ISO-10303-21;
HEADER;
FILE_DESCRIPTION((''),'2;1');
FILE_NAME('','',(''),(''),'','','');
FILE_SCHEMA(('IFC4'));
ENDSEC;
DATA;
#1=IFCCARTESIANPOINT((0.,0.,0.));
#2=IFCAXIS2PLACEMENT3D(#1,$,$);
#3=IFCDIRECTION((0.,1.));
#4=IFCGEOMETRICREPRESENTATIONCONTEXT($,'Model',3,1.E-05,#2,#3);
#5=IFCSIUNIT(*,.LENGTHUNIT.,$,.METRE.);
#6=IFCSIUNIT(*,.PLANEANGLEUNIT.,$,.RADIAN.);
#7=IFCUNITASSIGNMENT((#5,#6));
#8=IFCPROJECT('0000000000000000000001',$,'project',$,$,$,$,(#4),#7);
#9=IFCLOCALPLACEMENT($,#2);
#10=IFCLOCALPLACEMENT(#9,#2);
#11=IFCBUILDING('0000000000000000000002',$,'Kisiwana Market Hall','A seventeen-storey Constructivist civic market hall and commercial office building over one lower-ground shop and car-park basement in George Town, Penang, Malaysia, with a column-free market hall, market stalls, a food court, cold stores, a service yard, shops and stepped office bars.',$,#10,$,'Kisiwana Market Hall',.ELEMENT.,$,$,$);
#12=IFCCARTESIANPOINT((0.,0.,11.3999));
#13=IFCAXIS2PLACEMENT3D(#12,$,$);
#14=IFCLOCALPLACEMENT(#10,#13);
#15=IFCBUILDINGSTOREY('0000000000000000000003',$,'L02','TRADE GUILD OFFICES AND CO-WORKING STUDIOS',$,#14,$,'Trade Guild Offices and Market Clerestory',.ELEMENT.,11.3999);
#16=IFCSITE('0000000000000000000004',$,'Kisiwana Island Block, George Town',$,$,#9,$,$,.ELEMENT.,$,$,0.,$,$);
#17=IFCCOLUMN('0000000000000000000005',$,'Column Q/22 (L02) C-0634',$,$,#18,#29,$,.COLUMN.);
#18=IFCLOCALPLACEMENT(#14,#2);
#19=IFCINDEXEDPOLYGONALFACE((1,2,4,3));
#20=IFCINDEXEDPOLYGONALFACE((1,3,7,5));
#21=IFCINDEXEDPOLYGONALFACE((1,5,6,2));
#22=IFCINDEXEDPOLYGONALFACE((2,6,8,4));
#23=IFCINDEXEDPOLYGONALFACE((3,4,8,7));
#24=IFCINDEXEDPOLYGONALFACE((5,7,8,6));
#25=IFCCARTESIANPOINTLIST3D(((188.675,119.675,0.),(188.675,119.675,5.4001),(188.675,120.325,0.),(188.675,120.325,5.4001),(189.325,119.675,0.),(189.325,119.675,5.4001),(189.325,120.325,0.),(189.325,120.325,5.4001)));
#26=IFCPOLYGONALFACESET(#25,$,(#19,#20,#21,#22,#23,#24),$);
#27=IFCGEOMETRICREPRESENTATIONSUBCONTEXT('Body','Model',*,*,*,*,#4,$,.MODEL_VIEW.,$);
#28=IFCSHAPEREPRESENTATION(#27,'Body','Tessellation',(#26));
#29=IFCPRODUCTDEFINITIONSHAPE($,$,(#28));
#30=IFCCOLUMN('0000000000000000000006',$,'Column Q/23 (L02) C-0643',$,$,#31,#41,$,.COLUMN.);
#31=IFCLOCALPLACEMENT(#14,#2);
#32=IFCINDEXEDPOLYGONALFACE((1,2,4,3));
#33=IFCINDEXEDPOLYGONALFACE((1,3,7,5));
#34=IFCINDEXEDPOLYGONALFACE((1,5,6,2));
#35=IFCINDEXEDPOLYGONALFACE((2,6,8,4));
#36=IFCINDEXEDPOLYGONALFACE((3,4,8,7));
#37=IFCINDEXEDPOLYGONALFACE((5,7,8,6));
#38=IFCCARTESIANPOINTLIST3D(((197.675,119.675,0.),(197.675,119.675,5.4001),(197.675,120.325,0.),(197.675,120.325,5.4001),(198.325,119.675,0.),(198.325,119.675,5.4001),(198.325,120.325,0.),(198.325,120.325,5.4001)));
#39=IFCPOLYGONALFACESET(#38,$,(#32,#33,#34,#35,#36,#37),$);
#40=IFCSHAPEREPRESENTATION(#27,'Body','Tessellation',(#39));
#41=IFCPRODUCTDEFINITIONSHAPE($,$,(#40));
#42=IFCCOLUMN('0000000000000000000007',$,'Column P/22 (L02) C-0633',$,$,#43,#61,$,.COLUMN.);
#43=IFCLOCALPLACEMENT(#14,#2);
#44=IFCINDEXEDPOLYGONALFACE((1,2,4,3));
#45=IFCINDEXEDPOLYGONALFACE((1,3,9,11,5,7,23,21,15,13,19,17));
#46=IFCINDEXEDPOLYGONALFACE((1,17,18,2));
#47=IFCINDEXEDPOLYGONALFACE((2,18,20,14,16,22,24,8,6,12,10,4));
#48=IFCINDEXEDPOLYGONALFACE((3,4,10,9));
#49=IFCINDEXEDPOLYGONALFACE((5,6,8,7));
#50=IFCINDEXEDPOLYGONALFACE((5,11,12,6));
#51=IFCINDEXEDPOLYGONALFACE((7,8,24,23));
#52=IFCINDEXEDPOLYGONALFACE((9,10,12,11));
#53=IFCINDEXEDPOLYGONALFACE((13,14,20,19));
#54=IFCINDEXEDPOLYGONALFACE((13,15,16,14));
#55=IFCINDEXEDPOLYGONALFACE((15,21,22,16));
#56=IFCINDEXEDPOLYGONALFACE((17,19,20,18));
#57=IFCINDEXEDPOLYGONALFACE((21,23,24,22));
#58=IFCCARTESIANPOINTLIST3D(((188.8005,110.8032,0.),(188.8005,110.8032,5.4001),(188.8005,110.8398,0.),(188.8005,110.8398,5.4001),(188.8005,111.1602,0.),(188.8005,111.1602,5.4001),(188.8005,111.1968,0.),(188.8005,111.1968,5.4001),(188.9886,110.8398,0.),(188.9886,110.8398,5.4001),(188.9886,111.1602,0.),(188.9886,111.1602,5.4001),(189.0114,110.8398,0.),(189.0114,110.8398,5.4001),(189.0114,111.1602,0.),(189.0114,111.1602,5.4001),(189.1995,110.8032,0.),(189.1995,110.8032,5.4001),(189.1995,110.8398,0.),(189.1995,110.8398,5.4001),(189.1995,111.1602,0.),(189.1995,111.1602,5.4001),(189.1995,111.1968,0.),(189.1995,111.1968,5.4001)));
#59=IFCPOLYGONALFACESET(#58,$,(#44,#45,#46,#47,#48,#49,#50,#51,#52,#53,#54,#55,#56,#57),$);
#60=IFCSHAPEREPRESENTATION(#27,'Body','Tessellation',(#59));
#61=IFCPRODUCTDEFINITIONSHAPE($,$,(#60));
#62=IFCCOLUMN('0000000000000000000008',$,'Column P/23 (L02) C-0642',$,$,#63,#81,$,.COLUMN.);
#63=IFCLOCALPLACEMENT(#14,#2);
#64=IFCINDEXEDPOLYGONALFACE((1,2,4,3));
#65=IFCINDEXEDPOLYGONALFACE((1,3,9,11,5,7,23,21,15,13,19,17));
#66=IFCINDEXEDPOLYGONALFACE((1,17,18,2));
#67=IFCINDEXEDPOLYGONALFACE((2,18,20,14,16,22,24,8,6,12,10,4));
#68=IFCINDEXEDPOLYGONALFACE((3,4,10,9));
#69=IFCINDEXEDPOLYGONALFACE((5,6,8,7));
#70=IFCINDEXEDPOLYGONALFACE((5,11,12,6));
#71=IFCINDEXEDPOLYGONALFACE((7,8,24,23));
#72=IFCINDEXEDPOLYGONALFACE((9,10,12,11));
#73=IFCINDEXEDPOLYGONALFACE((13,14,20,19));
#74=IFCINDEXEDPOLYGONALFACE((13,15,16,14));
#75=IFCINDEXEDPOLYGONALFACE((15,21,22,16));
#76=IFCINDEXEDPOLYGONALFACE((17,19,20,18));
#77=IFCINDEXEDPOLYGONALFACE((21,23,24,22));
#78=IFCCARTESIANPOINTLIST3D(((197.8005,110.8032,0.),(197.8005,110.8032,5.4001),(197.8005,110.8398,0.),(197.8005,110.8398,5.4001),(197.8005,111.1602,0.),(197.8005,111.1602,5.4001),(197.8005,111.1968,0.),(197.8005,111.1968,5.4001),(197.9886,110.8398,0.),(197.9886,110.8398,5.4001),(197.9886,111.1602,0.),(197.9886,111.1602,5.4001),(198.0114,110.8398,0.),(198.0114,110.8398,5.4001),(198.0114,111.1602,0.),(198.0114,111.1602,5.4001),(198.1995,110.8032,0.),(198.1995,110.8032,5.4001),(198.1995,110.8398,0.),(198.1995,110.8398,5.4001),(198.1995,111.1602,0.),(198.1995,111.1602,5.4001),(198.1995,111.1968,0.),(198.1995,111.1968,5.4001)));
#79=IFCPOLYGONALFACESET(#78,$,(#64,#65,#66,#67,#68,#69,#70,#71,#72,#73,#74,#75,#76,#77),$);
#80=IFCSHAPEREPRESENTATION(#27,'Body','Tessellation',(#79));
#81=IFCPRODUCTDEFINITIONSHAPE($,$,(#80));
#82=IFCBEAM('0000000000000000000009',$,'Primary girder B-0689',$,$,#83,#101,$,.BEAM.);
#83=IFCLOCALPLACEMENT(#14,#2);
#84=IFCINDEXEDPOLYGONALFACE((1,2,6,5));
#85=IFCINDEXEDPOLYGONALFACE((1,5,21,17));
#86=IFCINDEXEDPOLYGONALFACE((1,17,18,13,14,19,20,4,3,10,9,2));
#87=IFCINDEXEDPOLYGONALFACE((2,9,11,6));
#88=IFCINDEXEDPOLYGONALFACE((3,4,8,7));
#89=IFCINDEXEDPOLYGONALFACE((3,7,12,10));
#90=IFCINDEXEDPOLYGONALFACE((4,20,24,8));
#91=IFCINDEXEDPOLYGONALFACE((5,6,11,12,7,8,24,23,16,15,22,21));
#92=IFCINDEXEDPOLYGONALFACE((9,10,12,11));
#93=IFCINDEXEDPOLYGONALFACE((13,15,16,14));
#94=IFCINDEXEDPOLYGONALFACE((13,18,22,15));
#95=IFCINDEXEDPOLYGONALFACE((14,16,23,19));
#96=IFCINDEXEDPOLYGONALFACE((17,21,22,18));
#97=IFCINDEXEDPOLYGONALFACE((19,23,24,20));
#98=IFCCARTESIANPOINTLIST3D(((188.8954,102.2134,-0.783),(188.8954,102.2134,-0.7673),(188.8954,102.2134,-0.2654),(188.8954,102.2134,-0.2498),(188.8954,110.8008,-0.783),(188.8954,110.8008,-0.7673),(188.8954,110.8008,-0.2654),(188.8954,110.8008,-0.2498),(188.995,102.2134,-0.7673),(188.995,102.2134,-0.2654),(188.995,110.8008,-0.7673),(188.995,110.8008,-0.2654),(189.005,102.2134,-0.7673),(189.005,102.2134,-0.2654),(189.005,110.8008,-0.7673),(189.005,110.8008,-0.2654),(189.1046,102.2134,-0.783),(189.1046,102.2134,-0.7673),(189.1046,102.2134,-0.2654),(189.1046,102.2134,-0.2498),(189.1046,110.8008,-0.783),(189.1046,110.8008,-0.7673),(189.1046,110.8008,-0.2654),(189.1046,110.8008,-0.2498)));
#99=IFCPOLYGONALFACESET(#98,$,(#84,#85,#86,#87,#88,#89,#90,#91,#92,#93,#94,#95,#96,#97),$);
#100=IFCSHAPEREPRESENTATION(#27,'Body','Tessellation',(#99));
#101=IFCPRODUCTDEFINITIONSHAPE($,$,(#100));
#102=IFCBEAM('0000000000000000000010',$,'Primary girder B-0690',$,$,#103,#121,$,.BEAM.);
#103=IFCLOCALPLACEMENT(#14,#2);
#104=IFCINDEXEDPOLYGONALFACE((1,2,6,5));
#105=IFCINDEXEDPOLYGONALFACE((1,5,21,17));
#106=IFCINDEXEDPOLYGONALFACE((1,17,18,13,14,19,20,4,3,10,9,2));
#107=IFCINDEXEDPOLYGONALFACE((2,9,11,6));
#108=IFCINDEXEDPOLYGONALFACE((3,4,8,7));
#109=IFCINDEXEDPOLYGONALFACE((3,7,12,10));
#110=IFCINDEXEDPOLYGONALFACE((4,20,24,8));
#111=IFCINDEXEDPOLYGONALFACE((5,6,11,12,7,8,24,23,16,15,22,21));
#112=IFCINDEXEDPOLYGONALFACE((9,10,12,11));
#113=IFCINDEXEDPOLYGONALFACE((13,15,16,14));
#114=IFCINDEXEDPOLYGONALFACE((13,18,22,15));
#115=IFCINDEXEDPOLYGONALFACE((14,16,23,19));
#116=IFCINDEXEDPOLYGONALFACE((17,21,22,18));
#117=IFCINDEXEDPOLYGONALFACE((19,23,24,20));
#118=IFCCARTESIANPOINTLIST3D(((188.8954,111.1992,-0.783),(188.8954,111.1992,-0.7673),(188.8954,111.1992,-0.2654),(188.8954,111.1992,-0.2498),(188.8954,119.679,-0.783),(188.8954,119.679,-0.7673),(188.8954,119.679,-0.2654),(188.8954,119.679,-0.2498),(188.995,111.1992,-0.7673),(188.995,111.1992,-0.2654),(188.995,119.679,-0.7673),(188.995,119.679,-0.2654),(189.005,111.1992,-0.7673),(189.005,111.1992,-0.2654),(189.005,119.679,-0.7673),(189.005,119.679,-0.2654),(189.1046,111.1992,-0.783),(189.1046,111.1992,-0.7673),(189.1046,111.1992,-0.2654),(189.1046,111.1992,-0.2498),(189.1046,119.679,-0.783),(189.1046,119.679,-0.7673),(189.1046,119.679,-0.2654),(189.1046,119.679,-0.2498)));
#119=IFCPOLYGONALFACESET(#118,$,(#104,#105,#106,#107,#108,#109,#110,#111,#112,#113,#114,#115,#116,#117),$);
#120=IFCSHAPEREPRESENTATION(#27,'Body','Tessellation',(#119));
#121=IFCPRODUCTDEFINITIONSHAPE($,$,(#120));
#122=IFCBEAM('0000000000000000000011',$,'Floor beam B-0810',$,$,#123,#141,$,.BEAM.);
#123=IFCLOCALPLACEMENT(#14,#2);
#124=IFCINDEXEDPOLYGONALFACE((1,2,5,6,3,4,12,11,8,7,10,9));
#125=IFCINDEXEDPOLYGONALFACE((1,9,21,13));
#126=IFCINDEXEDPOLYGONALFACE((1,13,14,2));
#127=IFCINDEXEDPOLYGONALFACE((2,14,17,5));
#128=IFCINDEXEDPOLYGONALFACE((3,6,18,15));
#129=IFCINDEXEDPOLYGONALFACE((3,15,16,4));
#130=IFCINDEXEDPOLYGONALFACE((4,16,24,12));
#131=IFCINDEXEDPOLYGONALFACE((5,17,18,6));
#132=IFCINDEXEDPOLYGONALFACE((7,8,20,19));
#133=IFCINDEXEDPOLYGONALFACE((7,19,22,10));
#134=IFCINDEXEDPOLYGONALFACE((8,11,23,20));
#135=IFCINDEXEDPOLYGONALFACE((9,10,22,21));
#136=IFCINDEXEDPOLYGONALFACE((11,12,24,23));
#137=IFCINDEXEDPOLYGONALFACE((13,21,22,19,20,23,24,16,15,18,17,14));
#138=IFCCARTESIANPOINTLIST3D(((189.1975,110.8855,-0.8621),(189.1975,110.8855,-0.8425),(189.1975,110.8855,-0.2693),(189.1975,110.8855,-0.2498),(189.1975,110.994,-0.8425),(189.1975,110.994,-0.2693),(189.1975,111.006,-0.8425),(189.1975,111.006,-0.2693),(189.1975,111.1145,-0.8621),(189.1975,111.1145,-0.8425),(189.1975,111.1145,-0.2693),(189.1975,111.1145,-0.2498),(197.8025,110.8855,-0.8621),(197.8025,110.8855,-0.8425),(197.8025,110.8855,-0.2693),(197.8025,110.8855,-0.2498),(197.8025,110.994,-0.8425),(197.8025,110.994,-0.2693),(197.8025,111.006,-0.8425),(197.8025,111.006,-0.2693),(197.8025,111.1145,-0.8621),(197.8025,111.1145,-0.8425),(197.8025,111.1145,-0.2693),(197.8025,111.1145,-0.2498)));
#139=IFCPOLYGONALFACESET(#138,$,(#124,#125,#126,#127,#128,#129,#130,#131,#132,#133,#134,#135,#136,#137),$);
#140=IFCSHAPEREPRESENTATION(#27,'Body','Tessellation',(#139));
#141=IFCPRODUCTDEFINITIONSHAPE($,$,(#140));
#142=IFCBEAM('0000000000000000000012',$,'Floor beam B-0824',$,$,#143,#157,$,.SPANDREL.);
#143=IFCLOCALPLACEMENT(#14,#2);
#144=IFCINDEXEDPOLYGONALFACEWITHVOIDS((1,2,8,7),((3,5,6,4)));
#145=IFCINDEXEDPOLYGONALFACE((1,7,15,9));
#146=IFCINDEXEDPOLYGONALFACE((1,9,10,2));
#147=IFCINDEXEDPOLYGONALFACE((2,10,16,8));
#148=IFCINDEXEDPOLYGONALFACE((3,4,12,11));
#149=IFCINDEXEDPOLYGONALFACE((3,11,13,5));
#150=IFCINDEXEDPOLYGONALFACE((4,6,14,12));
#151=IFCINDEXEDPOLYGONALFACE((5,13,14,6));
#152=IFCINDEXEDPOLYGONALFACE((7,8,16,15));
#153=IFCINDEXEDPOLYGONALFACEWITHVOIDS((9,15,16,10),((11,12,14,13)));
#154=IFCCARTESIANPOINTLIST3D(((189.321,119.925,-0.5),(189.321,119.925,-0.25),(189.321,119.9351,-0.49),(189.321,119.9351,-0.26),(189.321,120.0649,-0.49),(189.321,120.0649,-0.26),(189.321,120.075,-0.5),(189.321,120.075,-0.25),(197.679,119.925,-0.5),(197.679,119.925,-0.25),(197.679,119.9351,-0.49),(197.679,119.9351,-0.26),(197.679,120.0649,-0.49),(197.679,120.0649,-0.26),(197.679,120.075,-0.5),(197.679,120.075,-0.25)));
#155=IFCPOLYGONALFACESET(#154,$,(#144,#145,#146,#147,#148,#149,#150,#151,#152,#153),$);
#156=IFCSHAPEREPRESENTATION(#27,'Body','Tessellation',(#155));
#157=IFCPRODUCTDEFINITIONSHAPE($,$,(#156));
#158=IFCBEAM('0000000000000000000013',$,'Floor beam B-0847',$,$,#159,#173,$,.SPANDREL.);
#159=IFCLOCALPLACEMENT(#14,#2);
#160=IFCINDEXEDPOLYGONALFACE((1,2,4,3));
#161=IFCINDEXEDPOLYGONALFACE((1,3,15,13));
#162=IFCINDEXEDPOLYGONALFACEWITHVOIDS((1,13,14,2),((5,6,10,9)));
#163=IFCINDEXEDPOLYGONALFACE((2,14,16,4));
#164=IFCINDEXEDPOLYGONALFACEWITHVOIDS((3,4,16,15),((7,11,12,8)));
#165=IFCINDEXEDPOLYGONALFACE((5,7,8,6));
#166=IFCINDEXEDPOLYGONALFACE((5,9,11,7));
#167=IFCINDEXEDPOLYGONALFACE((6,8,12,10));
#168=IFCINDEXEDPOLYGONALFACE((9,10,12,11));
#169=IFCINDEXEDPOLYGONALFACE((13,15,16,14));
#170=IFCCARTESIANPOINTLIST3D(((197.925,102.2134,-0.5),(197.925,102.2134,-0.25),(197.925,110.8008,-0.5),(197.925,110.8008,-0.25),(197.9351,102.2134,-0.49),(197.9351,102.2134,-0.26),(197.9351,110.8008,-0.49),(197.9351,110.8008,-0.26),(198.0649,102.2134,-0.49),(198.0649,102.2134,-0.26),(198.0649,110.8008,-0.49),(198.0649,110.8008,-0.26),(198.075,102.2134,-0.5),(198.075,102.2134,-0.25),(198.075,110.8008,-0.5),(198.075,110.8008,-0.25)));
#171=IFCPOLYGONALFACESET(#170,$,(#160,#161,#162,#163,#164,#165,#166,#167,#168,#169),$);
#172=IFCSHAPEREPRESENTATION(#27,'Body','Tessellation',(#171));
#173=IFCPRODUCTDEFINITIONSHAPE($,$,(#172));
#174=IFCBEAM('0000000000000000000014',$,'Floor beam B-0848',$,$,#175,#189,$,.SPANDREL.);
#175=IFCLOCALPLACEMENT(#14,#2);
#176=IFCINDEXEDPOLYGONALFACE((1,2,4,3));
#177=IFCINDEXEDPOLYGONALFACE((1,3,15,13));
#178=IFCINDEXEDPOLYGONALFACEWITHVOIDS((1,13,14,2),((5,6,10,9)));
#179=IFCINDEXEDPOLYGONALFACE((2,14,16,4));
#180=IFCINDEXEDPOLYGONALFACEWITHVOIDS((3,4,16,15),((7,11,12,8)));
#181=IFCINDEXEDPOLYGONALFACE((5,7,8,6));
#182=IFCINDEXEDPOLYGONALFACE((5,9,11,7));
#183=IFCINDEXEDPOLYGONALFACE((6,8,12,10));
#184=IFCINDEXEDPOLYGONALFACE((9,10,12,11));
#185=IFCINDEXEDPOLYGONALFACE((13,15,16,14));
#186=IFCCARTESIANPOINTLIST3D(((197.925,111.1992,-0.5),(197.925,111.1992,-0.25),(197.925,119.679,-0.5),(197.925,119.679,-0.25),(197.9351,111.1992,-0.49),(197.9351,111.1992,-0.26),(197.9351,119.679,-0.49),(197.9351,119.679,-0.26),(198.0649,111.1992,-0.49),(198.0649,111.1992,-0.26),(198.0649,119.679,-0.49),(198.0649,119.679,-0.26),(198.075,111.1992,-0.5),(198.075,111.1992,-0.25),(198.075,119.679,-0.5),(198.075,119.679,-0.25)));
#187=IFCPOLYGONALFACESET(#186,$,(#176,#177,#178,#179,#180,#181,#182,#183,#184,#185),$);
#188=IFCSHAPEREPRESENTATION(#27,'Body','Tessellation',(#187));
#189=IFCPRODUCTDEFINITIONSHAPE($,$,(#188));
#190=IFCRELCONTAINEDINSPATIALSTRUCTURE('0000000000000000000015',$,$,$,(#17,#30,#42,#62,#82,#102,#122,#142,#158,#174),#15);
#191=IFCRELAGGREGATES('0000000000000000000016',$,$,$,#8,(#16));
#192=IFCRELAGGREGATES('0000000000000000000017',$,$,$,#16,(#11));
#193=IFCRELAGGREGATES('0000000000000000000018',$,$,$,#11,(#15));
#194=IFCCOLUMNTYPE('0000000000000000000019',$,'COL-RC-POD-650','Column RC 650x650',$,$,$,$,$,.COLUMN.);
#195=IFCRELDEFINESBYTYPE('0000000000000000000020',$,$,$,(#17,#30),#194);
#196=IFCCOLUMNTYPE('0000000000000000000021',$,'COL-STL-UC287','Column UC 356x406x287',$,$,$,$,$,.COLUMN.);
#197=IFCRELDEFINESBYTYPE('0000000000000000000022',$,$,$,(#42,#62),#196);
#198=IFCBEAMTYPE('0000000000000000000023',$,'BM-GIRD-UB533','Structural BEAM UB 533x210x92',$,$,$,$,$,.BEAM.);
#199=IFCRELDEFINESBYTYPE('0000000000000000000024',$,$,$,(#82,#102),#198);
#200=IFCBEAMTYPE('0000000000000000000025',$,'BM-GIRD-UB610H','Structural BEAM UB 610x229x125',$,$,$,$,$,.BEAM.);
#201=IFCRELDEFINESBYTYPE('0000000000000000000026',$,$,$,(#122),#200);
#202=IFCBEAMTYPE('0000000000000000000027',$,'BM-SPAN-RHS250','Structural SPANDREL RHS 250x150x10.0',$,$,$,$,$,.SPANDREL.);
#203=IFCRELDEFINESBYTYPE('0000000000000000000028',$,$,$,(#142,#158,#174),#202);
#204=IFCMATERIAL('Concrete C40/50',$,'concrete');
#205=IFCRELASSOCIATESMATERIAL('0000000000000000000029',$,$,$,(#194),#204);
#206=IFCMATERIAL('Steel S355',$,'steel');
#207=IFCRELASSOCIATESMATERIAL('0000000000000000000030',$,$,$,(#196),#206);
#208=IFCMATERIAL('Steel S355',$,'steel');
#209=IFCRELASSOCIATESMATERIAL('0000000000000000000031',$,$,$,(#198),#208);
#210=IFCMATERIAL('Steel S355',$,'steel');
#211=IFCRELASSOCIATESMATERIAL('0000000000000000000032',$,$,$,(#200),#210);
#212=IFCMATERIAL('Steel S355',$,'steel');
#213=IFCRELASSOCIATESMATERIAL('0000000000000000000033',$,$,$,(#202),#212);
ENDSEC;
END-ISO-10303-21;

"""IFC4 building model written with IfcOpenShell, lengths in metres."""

from ifc_helpers import new_model, si_unit, direction, frame, origin, origin_2d, place, context, subcontext, project, spatial, rectangle, hollow_rectangle, i_section, extrude, material, material_profile, profile_set, type_object, element, save


model = new_model("IFC4")

# Units and contexts
model_context = context("Model", 3, precision=1e-05, world=origin(), true_north=direction((0.0, 1.0)))
body_context = subcontext(model_context, "Body", "Model", "MODEL_VIEW")
ifc_project = project(units=[si_unit("LENGTHUNIT", "METRE"), si_unit("PLANEANGLEUNIT", "RADIAN")], contexts=[model_context])

# Site, building, storey
site_placement = place(None, origin())
site = spatial("IfcSite", under=ifc_project, at=site_placement, Name="Kisiwana Island Block, George Town", CompositionType="ELEMENT", RefElevation=0.0)
building_placement = place(site_placement, origin())
building = spatial("IfcBuilding", under=site, at=building_placement, Name="Kisiwana Market Hall", Description="A seventeen-storey Constructivist civic market hall and commercial office building over one lower-ground shop and car-park basement in George Town, Penang, Malaysia, with a column-free market hall, market stalls, a food court, cold stores, a service yard, shops and stepped office bars.", LongName="Kisiwana Market Hall", CompositionType="ELEMENT")
storey_placement = place(building_placement, frame((0.0, 0.0, 11.3999)))
storey = spatial("IfcBuildingStorey", under=building, at=storey_placement, Name="L02", Description="TRADE GUILD OFFICES AND CO-WORKING STUDIOS", LongName="Trade Guild Offices and Market Clerestory", CompositionType="ELEMENT", Elevation=11.3999)

# Columns
ifc_material_1 = material(Name="Concrete C40/50", Category="concrete")
ifc_material_profile_1 = material_profile(ifc_material_1, rectangle(XDim=0.6499, YDim=0.6499, at=origin_2d()), Name="RC 650x650")
ifc_profile_set_1 = profile_set([ifc_material_profile_1], Name="Concrete C40/50")
column_type_1 = type_object("IfcColumnType", Name="COL-RC-POD-650", Description="Column RC 650x650", PredefinedType="COLUMN", material=ifc_profile_set_1)
for number, where, z_axis, x_axis, name in (
    (1, (189.0, 120.0, 0.0), (0.0, 0.0, 1.0), (1.0, 0.0, 0.0), "Column Q/22 (L02) C-0634"),
    (2, (198.0, 120.0, 0.0), (0.0, 0.0, 1.0), (1.0, 0.0, 0.0), "Column Q/23 (L02) C-0643"),
):
    element("IfcColumn", number, at=place(storey_placement, frame(where, z_axis=z_axis, x_axis=x_axis)), inside=storey, type_object=column_type_1, Name=name, PredefinedType="COLUMN", context=body_context, shape_type="SweptSolid", body=[
        extrude(rectangle(XDim=0.6499, YDim=0.6499, at=origin_2d()), origin(), (0.0, 0.0, 1.0), 5.4001),
    ])
ifc_material_2 = material(Name="Steel S355", Category="steel")
ifc_material_profile_2 = material_profile(ifc_material_2, i_section(OverallWidth=0.3989, OverallDepth=0.3936, WebThickness=0.0227, FlangeThickness=0.0366, at=origin_2d()), Name="UC 356x406x287")
ifc_profile_set_2 = profile_set([ifc_material_profile_2], Name="Steel S355")
column_type_2 = type_object("IfcColumnType", Name="COL-STL-UC287", Description="Column UC 356x406x287", PredefinedType="COLUMN", material=ifc_profile_set_2)
for number, where, z_axis, x_axis, name in (
    (3, (189.0, 111.0, 0.0), (0.0, 0.0, 1.0), (1.0, 0.0, 0.0), "Column P/22 (L02) C-0633"),
    (4, (198.0, 111.0, 0.0), (0.0, 0.0, 1.0), (1.0, 0.0, 0.0), "Column P/23 (L02) C-0642"),
):
    element("IfcColumn", number, at=place(storey_placement, frame(where, z_axis=z_axis, x_axis=x_axis)), inside=storey, type_object=column_type_2, Name=name, PredefinedType="COLUMN", context=body_context, shape_type="SweptSolid", body=[
        extrude(i_section(OverallWidth=0.3989, OverallDepth=0.3936, WebThickness=0.0227, FlangeThickness=0.0366, at=origin_2d()), origin(), (0.0, 0.0, 1.0), 5.4001),
    ])

# Beams
ifc_material_3 = material(Name="Steel S355", Category="steel")
ifc_material_profile_3 = material_profile(ifc_material_3, i_section(OverallWidth=0.2092, OverallDepth=0.5332, WebThickness=0.01, FlangeThickness=0.0156, at=origin_2d()), Name="UB 533x210x92")
ifc_profile_set_3 = profile_set([ifc_material_profile_3], Name="Steel S355")
beam_type_1 = type_object("IfcBeamType", Name="BM-GIRD-UB533", Description="Structural BEAM UB 533x210x92", PredefinedType="BEAM", material=ifc_profile_set_3)
beam_1_placement = place(storey_placement, frame((189.0, 102.2134, -0.5164), z_axis=(0.0, 1.0, 0.0), x_axis=(-1.0, 0.0, 0.0)))
element("IfcBeam", 5, at=beam_1_placement, inside=storey, type_object=beam_type_1, Name="Primary girder B-0689", PredefinedType="BEAM", context=body_context, shape_type="SweptSolid", body=[
    extrude(i_section(OverallWidth=0.2092, OverallDepth=0.5332, WebThickness=0.01, FlangeThickness=0.0156, at=origin_2d()), origin(), (0.0, 0.0, 1.0), 8.5874),
])
beam_2_placement = place(storey_placement, frame((189.0, 111.1992, -0.5164), z_axis=(0.0, 1.0, 0.0), x_axis=(-1.0, 0.0, 0.0)))
element("IfcBeam", 6, at=beam_2_placement, inside=storey, type_object=beam_type_1, Name="Primary girder B-0690", PredefinedType="BEAM", context=body_context, shape_type="SweptSolid", body=[
    extrude(i_section(OverallWidth=0.2092, OverallDepth=0.5332, WebThickness=0.01, FlangeThickness=0.0156, at=origin_2d()), origin(), (0.0, 0.0, 1.0), 8.4797),
])
ifc_material_4 = material(Name="Steel S355", Category="steel")
ifc_material_profile_4 = material_profile(ifc_material_4, i_section(OverallWidth=0.229, OverallDepth=0.6123, WebThickness=0.012, FlangeThickness=0.0195, at=origin_2d()), Name="UB 610x229x125")
ifc_profile_set_4 = profile_set([ifc_material_profile_4], Name="Steel S355")
beam_type_2 = type_object("IfcBeamType", Name="BM-GIRD-UB610H", Description="Structural BEAM UB 610x229x125", PredefinedType="BEAM", material=ifc_profile_set_4)
beam_3_placement = place(storey_placement, frame((189.1975, 111.0, -0.5559), z_axis=(1.0, 0.0, 0.0), x_axis=(0.0, 1.0, 0.0)))
element("IfcBeam", 7, at=beam_3_placement, inside=storey, type_object=beam_type_2, Name="Floor beam B-0810", PredefinedType="BEAM", context=body_context, shape_type="SweptSolid", body=[
    extrude(i_section(OverallWidth=0.229, OverallDepth=0.6123, WebThickness=0.012, FlangeThickness=0.0195, at=origin_2d()), origin(), (0.0, 0.0, 1.0), 8.605),
])
ifc_material_5 = material(Name="Steel S355", Category="steel")
ifc_material_profile_5 = material_profile(ifc_material_5, hollow_rectangle(XDim=0.1499, YDim=0.25, WallThickness=0.01, at=origin_2d()), Name="RHS 250x150x10.0")
ifc_profile_set_5 = profile_set([ifc_material_profile_5], Name="Steel S355")
beam_type_3 = type_object("IfcBeamType", Name="BM-SPAN-RHS250", Description="Structural SPANDREL RHS 250x150x10.0", PredefinedType="SPANDREL", material=ifc_profile_set_5)
beam_4_placement = place(storey_placement, frame((189.321, 120.0, -0.375), z_axis=(1.0, 0.0, 0.0), x_axis=(0.0, 1.0, 0.0)))
element("IfcBeam", 8, at=beam_4_placement, inside=storey, type_object=beam_type_3, Name="Floor beam B-0824", PredefinedType="SPANDREL", context=body_context, shape_type="SweptSolid", body=[
    extrude(hollow_rectangle(XDim=0.1499, YDim=0.25, WallThickness=0.01, at=origin_2d()), origin(), (0.0, 0.0, 1.0), 8.3579),
])
beam_5_placement = place(storey_placement, frame((198.0, 102.2134, -0.375), z_axis=(0.0, 1.0, 0.0), x_axis=(-1.0, 0.0, 0.0)))
element("IfcBeam", 9, at=beam_5_placement, inside=storey, type_object=beam_type_3, Name="Floor beam B-0847", PredefinedType="SPANDREL", context=body_context, shape_type="SweptSolid", body=[
    extrude(hollow_rectangle(XDim=0.1499, YDim=0.25, WallThickness=0.01, at=origin_2d()), origin(), (0.0, 0.0, 1.0), 8.5874),
])
beam_6_placement = place(storey_placement, frame((198.0, 111.1992, -0.375), z_axis=(0.0, 1.0, 0.0), x_axis=(-1.0, 0.0, 0.0)))
element("IfcBeam", 10, at=beam_6_placement, inside=storey, type_object=beam_type_3, Name="Floor beam B-0848", PredefinedType="SPANDREL", context=body_context, shape_type="SweptSolid", body=[
    extrude(hollow_rectangle(XDim=0.1499, YDim=0.25, WallThickness=0.01, at=origin_2d()), origin(), (0.0, 0.0, 1.0), 8.4797),
])

save(model, "model.ifc")
